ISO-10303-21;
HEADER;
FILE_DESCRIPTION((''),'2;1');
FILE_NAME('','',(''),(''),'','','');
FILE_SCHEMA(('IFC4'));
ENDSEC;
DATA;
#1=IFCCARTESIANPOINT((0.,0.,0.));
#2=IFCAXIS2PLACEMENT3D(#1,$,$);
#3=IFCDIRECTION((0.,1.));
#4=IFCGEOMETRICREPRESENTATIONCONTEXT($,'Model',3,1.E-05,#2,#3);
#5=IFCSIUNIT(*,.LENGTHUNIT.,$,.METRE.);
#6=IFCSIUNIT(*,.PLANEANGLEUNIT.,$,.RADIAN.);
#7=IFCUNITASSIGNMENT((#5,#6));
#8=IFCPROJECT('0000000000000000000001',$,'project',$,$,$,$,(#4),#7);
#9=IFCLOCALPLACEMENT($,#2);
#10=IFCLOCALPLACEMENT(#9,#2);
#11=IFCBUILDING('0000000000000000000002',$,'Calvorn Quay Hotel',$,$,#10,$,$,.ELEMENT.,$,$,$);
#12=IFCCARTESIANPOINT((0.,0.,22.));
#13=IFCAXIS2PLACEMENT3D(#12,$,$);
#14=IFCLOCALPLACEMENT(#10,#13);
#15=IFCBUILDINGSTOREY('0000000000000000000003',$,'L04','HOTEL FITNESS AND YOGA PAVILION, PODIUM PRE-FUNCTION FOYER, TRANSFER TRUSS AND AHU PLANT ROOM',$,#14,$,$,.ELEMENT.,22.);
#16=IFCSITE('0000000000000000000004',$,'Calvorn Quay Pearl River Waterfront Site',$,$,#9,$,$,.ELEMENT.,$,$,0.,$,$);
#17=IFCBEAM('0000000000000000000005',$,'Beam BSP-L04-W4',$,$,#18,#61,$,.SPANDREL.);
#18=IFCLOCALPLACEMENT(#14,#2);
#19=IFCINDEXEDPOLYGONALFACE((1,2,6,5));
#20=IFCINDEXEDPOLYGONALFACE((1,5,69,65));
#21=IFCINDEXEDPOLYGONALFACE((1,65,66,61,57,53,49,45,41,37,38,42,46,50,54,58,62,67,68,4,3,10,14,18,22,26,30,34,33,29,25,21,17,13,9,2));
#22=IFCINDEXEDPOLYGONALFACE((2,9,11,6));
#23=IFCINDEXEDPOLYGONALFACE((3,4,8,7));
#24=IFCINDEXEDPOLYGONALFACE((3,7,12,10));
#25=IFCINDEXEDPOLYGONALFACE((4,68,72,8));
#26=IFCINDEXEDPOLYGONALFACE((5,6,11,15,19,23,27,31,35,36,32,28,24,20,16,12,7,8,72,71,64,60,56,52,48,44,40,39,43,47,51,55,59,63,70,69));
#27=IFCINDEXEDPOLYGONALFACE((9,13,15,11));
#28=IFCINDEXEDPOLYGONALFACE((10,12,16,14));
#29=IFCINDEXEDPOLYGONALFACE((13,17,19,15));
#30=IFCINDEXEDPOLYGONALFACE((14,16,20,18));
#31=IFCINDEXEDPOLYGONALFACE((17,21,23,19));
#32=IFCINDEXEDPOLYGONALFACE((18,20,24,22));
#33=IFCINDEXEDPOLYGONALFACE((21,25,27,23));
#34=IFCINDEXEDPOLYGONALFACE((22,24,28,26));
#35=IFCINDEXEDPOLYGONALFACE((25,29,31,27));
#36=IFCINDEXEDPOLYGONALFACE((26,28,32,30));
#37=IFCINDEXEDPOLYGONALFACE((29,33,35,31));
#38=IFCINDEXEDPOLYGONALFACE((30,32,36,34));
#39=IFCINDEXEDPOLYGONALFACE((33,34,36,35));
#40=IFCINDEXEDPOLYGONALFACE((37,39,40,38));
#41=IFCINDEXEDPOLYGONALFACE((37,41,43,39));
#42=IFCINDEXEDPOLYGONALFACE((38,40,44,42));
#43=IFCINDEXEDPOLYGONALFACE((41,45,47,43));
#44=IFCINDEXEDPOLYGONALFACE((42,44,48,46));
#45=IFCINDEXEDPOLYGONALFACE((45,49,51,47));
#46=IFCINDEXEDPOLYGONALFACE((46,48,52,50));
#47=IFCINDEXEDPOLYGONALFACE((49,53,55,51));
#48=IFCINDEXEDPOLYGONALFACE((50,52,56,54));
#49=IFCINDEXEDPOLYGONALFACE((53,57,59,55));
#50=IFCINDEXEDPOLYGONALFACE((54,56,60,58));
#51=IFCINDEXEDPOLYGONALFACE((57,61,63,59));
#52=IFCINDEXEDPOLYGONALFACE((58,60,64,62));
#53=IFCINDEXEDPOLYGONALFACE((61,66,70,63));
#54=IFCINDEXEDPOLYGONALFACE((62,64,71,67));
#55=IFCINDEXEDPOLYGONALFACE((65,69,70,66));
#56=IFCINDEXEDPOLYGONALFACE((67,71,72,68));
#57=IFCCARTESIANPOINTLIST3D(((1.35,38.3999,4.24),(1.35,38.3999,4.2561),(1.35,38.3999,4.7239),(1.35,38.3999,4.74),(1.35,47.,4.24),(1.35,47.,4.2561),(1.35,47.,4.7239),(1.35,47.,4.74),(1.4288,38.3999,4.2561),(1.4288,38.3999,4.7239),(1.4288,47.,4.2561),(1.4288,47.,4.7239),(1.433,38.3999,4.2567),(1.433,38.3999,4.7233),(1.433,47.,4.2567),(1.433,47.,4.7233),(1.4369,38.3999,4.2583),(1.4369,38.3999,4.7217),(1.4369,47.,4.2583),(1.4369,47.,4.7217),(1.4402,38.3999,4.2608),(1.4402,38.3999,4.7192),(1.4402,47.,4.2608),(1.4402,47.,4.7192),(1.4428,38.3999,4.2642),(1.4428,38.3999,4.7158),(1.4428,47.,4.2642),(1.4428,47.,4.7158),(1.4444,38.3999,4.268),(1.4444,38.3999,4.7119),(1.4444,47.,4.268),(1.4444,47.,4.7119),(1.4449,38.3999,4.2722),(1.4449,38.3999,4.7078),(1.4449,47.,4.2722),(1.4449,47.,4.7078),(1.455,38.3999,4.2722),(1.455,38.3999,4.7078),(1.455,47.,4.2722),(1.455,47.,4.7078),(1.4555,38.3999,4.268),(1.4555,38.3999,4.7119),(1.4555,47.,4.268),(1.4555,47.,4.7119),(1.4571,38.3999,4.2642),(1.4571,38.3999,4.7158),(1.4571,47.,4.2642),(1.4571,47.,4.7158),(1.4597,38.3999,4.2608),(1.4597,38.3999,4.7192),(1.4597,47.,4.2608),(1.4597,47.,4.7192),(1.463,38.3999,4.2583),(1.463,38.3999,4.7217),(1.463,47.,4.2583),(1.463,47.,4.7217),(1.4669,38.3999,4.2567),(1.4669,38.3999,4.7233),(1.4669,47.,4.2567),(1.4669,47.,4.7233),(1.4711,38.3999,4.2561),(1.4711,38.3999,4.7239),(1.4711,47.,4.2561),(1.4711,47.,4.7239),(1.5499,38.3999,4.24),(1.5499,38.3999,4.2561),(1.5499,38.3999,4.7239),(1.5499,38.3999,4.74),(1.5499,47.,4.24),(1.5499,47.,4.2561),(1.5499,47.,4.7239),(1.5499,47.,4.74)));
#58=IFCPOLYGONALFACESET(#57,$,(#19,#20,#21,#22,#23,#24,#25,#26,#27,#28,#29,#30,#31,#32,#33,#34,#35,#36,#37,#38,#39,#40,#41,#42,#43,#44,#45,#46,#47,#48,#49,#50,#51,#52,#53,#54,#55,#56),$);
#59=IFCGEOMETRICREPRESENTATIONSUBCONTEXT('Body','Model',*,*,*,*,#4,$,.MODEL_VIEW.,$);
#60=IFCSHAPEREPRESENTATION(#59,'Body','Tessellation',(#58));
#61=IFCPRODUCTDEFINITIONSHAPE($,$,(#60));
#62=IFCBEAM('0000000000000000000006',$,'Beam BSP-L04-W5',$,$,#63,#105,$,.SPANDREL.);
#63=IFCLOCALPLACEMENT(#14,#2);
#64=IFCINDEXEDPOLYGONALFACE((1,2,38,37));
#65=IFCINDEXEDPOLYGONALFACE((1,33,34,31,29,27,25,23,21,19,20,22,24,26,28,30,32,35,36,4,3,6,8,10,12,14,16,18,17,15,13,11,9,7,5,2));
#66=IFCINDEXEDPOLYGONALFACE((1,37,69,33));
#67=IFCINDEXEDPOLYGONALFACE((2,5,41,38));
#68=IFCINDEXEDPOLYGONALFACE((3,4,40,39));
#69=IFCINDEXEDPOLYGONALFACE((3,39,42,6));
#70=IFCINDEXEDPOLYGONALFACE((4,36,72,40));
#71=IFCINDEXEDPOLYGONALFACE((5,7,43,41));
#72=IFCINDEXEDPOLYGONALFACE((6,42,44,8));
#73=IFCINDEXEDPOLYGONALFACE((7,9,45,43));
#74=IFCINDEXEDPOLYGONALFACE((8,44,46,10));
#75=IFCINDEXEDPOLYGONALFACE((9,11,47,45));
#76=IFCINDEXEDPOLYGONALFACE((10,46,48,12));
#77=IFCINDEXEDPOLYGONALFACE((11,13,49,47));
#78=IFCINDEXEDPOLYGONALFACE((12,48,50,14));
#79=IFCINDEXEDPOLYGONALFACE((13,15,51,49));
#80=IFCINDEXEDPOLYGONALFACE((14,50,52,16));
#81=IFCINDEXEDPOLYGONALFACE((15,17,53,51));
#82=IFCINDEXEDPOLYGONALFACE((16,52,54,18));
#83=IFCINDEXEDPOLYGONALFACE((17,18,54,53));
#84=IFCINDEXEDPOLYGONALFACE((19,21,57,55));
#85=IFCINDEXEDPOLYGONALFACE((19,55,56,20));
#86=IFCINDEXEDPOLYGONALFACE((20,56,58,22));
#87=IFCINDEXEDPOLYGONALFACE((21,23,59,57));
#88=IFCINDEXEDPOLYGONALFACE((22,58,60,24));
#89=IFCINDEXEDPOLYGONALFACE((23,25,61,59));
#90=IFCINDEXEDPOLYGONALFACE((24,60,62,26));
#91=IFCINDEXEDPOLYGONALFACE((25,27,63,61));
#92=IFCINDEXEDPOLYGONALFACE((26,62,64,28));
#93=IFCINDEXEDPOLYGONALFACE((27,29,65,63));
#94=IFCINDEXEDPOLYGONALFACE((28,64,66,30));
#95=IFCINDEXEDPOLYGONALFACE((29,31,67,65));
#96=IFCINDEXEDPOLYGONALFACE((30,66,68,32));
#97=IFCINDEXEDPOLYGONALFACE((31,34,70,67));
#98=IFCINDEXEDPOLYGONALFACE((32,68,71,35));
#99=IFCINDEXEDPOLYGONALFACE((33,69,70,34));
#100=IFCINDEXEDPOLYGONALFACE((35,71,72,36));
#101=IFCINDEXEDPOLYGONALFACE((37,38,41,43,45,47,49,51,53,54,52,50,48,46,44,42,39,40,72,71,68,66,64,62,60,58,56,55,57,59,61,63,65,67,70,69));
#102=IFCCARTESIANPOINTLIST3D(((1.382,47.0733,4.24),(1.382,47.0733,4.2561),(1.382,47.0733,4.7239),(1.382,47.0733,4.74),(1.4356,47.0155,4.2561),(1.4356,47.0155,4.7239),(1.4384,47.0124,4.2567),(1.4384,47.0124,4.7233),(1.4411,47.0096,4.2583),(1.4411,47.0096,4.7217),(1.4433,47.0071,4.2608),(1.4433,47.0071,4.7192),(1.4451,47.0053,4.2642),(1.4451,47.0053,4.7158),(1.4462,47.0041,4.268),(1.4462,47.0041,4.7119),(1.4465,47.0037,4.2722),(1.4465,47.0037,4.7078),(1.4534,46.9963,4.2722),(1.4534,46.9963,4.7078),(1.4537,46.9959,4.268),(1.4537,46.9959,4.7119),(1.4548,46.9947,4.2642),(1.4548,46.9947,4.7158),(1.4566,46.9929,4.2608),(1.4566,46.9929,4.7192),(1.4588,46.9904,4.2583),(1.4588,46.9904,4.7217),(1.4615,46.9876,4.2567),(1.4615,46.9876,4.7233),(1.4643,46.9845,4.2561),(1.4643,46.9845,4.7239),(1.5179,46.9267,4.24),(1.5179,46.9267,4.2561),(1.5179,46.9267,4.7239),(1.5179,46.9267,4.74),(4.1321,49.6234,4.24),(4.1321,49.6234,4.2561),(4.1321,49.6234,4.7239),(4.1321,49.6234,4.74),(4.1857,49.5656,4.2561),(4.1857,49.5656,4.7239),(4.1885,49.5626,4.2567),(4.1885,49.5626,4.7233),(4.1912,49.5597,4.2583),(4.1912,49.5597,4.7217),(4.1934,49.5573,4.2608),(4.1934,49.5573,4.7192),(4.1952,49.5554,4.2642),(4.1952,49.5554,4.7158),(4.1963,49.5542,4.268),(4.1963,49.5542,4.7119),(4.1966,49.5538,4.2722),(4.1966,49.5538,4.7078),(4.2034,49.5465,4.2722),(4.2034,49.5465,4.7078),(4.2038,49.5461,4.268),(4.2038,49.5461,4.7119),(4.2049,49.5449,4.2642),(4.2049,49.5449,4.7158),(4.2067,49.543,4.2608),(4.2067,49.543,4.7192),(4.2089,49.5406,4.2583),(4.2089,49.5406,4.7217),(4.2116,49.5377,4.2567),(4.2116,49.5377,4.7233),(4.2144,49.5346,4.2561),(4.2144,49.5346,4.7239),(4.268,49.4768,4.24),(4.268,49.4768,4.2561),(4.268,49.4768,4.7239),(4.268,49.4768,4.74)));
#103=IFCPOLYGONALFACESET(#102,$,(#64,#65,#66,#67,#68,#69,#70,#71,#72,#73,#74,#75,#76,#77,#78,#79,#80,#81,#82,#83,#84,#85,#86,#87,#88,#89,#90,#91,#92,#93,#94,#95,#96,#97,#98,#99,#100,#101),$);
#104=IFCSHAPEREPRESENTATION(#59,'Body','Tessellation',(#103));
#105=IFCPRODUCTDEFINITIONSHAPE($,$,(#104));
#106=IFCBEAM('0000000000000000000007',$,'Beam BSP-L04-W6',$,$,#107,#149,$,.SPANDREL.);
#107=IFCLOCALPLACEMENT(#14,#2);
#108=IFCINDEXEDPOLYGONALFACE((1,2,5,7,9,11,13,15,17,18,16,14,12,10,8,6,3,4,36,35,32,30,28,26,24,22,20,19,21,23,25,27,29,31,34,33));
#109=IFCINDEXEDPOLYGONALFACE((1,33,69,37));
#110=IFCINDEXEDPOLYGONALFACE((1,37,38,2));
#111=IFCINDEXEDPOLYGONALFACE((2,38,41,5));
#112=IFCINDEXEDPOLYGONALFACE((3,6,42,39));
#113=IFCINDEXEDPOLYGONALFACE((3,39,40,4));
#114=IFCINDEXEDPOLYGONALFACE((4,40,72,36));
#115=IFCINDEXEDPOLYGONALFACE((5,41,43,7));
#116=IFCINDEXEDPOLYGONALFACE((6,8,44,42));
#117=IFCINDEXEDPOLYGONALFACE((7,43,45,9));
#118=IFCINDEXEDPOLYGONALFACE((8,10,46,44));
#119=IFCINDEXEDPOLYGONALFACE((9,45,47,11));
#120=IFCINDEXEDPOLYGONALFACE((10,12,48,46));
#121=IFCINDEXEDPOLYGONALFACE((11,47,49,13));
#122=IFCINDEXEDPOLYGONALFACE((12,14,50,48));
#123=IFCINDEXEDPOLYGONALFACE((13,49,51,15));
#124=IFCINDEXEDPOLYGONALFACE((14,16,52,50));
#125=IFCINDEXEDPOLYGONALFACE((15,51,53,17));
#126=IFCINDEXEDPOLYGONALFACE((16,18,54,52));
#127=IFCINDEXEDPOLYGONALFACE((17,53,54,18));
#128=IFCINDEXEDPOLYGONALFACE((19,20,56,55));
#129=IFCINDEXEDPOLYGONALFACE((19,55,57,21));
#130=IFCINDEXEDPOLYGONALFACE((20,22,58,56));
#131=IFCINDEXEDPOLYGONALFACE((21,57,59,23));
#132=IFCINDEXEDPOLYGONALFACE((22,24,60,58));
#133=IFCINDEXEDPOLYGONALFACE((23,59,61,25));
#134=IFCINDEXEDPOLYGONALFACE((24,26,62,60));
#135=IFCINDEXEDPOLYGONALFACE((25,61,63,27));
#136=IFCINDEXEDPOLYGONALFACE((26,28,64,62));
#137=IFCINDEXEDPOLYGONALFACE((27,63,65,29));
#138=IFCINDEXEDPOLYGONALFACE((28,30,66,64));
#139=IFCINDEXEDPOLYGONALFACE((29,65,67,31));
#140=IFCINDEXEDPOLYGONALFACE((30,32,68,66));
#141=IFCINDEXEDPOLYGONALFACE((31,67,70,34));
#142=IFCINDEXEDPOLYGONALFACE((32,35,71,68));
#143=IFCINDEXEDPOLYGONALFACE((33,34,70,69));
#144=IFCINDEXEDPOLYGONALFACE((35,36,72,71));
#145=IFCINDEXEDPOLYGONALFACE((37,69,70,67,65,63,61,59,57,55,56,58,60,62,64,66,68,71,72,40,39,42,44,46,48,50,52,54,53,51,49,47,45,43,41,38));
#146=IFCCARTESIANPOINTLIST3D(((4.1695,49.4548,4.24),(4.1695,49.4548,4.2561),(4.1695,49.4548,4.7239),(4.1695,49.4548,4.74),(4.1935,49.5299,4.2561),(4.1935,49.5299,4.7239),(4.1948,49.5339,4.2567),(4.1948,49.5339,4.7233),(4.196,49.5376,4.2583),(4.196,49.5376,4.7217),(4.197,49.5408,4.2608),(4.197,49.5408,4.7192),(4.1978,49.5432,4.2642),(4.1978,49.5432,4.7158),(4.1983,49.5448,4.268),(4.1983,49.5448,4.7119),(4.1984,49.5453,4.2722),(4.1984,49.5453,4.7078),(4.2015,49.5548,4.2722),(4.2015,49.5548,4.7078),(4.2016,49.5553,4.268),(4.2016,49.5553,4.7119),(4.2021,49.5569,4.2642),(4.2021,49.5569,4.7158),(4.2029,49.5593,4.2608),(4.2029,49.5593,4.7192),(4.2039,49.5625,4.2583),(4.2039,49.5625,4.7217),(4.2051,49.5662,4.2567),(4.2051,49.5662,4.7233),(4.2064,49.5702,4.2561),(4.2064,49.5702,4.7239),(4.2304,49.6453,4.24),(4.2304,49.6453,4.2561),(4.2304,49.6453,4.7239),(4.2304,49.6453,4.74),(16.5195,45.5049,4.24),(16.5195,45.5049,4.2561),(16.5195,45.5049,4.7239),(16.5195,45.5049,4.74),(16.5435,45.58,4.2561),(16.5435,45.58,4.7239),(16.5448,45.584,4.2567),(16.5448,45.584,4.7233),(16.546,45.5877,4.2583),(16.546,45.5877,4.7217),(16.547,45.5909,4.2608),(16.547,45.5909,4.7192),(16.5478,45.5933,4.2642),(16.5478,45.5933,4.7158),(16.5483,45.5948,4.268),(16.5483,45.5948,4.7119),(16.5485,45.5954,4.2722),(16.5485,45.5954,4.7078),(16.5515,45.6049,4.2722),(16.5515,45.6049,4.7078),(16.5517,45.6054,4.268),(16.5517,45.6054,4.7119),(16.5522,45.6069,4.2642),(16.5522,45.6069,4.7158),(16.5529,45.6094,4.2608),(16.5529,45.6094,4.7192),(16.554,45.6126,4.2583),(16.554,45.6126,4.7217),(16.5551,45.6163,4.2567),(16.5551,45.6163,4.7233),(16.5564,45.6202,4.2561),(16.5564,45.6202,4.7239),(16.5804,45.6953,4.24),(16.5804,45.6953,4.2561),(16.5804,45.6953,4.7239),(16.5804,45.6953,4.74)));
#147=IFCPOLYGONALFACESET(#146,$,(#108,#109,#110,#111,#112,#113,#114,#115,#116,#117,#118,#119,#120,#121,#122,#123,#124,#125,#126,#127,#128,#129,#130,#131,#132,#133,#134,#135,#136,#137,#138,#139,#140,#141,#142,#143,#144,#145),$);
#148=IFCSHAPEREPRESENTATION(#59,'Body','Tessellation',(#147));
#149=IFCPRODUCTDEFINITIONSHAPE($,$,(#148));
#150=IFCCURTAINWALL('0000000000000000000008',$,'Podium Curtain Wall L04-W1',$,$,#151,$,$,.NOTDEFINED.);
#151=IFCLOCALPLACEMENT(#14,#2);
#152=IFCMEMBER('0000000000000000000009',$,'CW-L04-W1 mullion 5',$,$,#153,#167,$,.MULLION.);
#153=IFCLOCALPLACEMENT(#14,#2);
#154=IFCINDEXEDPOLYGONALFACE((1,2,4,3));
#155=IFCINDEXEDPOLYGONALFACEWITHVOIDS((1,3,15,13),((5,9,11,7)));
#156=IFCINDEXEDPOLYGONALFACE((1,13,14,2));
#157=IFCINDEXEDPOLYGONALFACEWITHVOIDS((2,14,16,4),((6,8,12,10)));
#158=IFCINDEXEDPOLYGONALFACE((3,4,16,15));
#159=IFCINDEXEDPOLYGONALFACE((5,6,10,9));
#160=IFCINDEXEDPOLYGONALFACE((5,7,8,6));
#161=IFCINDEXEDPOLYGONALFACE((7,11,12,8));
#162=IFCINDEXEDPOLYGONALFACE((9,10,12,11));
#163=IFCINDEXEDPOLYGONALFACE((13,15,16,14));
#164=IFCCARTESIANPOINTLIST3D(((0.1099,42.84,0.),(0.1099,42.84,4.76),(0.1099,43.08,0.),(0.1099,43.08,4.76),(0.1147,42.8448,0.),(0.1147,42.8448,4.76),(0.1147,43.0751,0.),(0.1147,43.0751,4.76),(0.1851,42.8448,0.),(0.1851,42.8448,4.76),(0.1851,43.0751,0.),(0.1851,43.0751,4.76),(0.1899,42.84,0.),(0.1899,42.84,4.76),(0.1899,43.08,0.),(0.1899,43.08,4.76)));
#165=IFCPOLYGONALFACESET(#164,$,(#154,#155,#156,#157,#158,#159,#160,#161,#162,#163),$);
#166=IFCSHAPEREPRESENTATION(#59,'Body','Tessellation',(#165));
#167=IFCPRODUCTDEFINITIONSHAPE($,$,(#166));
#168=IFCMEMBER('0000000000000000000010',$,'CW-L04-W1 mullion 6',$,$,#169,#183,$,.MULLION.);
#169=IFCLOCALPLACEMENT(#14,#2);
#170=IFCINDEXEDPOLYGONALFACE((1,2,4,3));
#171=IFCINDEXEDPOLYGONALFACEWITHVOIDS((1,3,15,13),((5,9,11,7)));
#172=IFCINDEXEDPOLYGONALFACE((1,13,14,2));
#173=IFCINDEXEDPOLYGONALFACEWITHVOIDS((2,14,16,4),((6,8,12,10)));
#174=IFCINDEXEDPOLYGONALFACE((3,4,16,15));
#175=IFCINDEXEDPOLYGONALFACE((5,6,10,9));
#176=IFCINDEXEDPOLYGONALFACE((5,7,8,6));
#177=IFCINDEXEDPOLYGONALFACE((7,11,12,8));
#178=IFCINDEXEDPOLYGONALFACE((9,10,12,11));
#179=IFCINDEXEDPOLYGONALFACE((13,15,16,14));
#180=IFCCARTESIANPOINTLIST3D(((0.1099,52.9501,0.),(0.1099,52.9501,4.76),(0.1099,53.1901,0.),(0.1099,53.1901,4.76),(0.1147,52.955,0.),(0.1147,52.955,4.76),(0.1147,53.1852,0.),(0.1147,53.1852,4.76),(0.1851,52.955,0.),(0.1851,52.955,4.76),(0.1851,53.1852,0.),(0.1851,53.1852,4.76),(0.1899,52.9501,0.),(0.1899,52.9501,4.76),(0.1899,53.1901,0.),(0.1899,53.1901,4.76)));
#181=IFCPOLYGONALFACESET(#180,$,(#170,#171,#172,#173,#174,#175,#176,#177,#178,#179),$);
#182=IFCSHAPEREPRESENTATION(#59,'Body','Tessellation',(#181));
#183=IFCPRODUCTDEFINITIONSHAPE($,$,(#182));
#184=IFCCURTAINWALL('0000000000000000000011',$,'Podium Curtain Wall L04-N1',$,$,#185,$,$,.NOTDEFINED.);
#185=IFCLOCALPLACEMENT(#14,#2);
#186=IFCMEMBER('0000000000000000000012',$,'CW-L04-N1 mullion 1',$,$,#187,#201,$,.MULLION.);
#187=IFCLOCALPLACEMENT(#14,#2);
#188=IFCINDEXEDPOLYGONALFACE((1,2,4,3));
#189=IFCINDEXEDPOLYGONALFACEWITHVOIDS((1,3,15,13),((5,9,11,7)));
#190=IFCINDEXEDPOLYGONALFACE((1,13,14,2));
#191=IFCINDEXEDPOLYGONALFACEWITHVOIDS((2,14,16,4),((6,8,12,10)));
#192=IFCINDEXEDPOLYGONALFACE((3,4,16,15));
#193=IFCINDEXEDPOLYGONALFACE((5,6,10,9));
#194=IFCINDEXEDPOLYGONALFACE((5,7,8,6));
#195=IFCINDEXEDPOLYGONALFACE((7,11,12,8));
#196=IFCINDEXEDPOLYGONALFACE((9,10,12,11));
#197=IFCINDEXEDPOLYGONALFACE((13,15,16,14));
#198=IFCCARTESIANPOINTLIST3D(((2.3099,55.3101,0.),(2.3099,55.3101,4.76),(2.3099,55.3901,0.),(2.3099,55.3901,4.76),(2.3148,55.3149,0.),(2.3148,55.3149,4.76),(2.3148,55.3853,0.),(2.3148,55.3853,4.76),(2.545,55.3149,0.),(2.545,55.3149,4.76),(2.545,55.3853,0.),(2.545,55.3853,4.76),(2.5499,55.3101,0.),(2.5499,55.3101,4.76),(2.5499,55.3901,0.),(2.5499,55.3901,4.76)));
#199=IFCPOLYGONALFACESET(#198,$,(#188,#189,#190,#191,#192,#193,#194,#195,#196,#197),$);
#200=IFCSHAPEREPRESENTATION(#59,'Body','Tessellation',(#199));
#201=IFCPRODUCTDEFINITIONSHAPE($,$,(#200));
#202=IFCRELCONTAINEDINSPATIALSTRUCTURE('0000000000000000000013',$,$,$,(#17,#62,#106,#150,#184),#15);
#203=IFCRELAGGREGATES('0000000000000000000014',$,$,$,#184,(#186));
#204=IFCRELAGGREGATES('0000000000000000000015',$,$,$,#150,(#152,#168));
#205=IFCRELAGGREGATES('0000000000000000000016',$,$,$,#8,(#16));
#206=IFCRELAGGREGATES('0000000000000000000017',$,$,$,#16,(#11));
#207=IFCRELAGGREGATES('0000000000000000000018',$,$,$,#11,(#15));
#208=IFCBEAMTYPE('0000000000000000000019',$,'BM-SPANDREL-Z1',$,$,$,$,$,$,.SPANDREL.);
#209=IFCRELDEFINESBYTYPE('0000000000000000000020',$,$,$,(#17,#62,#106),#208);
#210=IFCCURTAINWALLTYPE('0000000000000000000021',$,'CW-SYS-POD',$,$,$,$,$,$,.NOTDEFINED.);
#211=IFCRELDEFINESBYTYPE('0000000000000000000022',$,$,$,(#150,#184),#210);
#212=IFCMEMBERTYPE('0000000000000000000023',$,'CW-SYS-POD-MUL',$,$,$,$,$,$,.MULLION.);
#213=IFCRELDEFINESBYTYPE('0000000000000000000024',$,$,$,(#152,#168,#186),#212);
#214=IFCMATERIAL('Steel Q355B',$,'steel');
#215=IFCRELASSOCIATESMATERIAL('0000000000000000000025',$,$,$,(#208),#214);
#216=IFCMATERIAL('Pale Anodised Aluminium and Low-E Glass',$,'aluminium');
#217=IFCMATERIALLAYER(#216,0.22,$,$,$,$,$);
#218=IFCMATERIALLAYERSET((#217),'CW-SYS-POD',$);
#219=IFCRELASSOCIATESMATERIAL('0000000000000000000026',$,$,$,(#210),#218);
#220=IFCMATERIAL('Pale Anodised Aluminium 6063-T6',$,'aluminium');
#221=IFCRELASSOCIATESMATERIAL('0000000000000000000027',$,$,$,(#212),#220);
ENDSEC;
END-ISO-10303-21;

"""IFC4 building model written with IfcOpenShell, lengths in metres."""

from ifc_helpers import new_model, si_unit, direction, frame, origin, origin_2d, place, context, subcontext, project, spatial, hollow_rectangle, i_section, extrude, material, layer, layer_set, material_profile, profile_set, type_object, element, aggregate, save


model = new_model("IFC4")

# Units and contexts
model_context = context("Model", 3, precision=1e-05, world=origin(), true_north=direction((0.0, 1.0)))
body_context = subcontext(model_context, "Body", "Model", "MODEL_VIEW")
ifc_project = project(units=[si_unit("LENGTHUNIT", "METRE"), si_unit("PLANEANGLEUNIT", "RADIAN")], contexts=[model_context])

# Site, building, storey
site_placement = place(None, origin())
site = spatial("IfcSite", under=ifc_project, at=site_placement, Name="Calvorn Quay Pearl River Waterfront Site", CompositionType="ELEMENT", RefElevation=0.0)
building_placement = place(site_placement, origin())
building = spatial("IfcBuilding", under=site, at=building_placement, Name="Calvorn Quay Hotel", CompositionType="ELEMENT")
storey_placement = place(building_placement, frame((0.0, 0.0, 22.0)))
storey = spatial("IfcBuildingStorey", under=building, at=storey_placement, Name="L04", Description="HOTEL FITNESS AND YOGA PAVILION, PODIUM PRE-FUNCTION FOYER, TRANSFER TRUSS AND AHU PLANT ROOM", CompositionType="ELEMENT", Elevation=22.0)

# Beams
ifc_material_1 = material(Name="Steel Q355B", Category="steel")
ifc_material_profile_1 = material_profile(ifc_material_1, i_section(OverallWidth=0.2, OverallDepth=0.5, WebThickness=0.01, FlangeThickness=0.0161, FilletRadius=0.0161, at=origin_2d()), Name="HN500x200x10x16")
ifc_profile_set_1 = profile_set([ifc_material_profile_1], Name="Steel Q355B")
beam_type_1 = type_object("IfcBeamType", Name="BM-SPANDREL-Z1", PredefinedType="SPANDREL", material=ifc_profile_set_1)
beam_1_placement = place(storey_placement, frame((1.45, 38.3999, 4.49), z_axis=(0.0, 1.0, 0.0), x_axis=(-1.0, 0.0, 0.0)))
element("IfcBeam", 1, at=beam_1_placement, inside=storey, type_object=beam_type_1, Name="Beam BSP-L04-W4", PredefinedType="SPANDREL", context=body_context, shape_type="SweptSolid", body=[
    extrude(i_section(OverallWidth=0.2, OverallDepth=0.5, WebThickness=0.01, FlangeThickness=0.0161, FilletRadius=0.0161, at=origin_2d()), origin(), (0.0, 0.0, 1.0), 8.6001),
])
beam_2_placement = place(storey_placement, frame((1.45, 47.0, 4.49), z_axis=(0.733262, 0.679947, 0.0), x_axis=(-0.679947, 0.733262, 0.0)))
element("IfcBeam", 2, at=beam_2_placement, inside=storey, type_object=beam_type_1, Name="Beam BSP-L04-W5", PredefinedType="SPANDREL", context=body_context, shape_type="SweptSolid", body=[
    extrude(i_section(OverallWidth=0.2, OverallDepth=0.5, WebThickness=0.01, FlangeThickness=0.0161, FilletRadius=0.0161, at=origin_2d()), origin(), (0.0, 0.0, 1.0), 3.7505),
])
beam_3_placement = place(storey_placement, frame((4.2, 49.55, 4.49), z_axis=(0.952471, -0.30463, 0.0), x_axis=(0.30463, 0.952471, 0.0)))
element("IfcBeam", 3, at=beam_3_placement, inside=storey, type_object=beam_type_1, Name="Beam BSP-L04-W6", PredefinedType="SPANDREL", context=body_context, shape_type="SweptSolid", body=[
    extrude(i_section(OverallWidth=0.2, OverallDepth=0.5, WebThickness=0.01, FlangeThickness=0.0161, FilletRadius=0.0161, at=origin_2d()), origin(), (0.0, 0.0, 1.0), 12.9663),
])

# Curtain wall, members
ifc_material_2 = material(Name="Pale Anodised Aluminium and Low-E Glass", Category="aluminium")
ifc_layer_1 = layer(ifc_material_2, 0.22)
ifc_layer_set_1 = layer_set([ifc_layer_1], Name="CW-SYS-POD")
curtain_wall_type = type_object("IfcCurtainWallType", Name="CW-SYS-POD", PredefinedType="NOTDEFINED", material=ifc_layer_set_1)
curtain_wall_1_placement = place(storey_placement, origin())
curtain_wall_1 = element("IfcCurtainWall", 4, at=curtain_wall_1_placement, inside=storey, type_object=curtain_wall_type, Name="Podium Curtain Wall L04-W1", PredefinedType="NOTDEFINED")
ifc_material_3 = material(Name="Pale Anodised Aluminium 6063-T6", Category="aluminium")
ifc_material_profile_2 = material_profile(ifc_material_3, hollow_rectangle(XDim=0.0801, YDim=0.24, WallThickness=0.0049, at=origin_2d()), Name="ALU-M240x80x5")
ifc_profile_set_2 = profile_set([ifc_material_profile_2], Name="Pale Anodised Aluminium 6063-T6")
member_type_1 = type_object("IfcMemberType", Name="CW-SYS-POD-MUL", PredefinedType="MULLION", material=ifc_profile_set_2)
member_1_placement = place(storey_placement, frame((0.1499, 42.96, 0.0), z_axis=(0.0, 0.0, 1.0), x_axis=(-1.0, 0.0, 0.0)))
member_1 = element("IfcMember", 5, at=member_1_placement, type_object=member_type_1, Name="CW-L04-W1 mullion 5", PredefinedType="MULLION", context=body_context, shape_type="SweptSolid", body=[
    extrude(hollow_rectangle(XDim=0.0801, YDim=0.24, WallThickness=0.0049, at=origin_2d()), origin(), (0.0, 0.0, 1.0), 4.76),
])
member_2_placement = place(storey_placement, frame((0.1499, 53.0701, 0.0), z_axis=(0.0, 0.0, 1.0), x_axis=(-1.0, 0.0, 0.0)))
member_2 = element("IfcMember", 6, at=member_2_placement, type_object=member_type_1, Name="CW-L04-W1 mullion 6", PredefinedType="MULLION", context=body_context, shape_type="SweptSolid", body=[
    extrude(hollow_rectangle(XDim=0.0801, YDim=0.24, WallThickness=0.0049, at=origin_2d()), origin(), (0.0, 0.0, 1.0), 4.76),
])

# Curtain wall, member
curtain_wall_2_placement = place(storey_placement, origin())
curtain_wall_2 = element("IfcCurtainWall", 7, at=curtain_wall_2_placement, inside=storey, type_object=curtain_wall_type, Name="Podium Curtain Wall L04-N1", PredefinedType="NOTDEFINED")
member_3_placement = place(storey_placement, frame((2.4299, 55.3501, 0.0), z_axis=(0.0, 0.0, 1.0), x_axis=(0.0, 1.0, 0.0)))
member_3 = element("IfcMember", 8, at=member_3_placement, type_object=member_type_1, Name="CW-L04-N1 mullion 1", PredefinedType="MULLION", context=body_context, shape_type="SweptSolid", body=[
    extrude(hollow_rectangle(XDim=0.0801, YDim=0.24, WallThickness=0.0049, at=origin_2d()), origin(), (0.0, 0.0, 1.0), 4.76),
])

aggregate(curtain_wall_2, [member_3])

aggregate(curtain_wall_1, [member_1, member_2])

save(model, "model.ifc")
